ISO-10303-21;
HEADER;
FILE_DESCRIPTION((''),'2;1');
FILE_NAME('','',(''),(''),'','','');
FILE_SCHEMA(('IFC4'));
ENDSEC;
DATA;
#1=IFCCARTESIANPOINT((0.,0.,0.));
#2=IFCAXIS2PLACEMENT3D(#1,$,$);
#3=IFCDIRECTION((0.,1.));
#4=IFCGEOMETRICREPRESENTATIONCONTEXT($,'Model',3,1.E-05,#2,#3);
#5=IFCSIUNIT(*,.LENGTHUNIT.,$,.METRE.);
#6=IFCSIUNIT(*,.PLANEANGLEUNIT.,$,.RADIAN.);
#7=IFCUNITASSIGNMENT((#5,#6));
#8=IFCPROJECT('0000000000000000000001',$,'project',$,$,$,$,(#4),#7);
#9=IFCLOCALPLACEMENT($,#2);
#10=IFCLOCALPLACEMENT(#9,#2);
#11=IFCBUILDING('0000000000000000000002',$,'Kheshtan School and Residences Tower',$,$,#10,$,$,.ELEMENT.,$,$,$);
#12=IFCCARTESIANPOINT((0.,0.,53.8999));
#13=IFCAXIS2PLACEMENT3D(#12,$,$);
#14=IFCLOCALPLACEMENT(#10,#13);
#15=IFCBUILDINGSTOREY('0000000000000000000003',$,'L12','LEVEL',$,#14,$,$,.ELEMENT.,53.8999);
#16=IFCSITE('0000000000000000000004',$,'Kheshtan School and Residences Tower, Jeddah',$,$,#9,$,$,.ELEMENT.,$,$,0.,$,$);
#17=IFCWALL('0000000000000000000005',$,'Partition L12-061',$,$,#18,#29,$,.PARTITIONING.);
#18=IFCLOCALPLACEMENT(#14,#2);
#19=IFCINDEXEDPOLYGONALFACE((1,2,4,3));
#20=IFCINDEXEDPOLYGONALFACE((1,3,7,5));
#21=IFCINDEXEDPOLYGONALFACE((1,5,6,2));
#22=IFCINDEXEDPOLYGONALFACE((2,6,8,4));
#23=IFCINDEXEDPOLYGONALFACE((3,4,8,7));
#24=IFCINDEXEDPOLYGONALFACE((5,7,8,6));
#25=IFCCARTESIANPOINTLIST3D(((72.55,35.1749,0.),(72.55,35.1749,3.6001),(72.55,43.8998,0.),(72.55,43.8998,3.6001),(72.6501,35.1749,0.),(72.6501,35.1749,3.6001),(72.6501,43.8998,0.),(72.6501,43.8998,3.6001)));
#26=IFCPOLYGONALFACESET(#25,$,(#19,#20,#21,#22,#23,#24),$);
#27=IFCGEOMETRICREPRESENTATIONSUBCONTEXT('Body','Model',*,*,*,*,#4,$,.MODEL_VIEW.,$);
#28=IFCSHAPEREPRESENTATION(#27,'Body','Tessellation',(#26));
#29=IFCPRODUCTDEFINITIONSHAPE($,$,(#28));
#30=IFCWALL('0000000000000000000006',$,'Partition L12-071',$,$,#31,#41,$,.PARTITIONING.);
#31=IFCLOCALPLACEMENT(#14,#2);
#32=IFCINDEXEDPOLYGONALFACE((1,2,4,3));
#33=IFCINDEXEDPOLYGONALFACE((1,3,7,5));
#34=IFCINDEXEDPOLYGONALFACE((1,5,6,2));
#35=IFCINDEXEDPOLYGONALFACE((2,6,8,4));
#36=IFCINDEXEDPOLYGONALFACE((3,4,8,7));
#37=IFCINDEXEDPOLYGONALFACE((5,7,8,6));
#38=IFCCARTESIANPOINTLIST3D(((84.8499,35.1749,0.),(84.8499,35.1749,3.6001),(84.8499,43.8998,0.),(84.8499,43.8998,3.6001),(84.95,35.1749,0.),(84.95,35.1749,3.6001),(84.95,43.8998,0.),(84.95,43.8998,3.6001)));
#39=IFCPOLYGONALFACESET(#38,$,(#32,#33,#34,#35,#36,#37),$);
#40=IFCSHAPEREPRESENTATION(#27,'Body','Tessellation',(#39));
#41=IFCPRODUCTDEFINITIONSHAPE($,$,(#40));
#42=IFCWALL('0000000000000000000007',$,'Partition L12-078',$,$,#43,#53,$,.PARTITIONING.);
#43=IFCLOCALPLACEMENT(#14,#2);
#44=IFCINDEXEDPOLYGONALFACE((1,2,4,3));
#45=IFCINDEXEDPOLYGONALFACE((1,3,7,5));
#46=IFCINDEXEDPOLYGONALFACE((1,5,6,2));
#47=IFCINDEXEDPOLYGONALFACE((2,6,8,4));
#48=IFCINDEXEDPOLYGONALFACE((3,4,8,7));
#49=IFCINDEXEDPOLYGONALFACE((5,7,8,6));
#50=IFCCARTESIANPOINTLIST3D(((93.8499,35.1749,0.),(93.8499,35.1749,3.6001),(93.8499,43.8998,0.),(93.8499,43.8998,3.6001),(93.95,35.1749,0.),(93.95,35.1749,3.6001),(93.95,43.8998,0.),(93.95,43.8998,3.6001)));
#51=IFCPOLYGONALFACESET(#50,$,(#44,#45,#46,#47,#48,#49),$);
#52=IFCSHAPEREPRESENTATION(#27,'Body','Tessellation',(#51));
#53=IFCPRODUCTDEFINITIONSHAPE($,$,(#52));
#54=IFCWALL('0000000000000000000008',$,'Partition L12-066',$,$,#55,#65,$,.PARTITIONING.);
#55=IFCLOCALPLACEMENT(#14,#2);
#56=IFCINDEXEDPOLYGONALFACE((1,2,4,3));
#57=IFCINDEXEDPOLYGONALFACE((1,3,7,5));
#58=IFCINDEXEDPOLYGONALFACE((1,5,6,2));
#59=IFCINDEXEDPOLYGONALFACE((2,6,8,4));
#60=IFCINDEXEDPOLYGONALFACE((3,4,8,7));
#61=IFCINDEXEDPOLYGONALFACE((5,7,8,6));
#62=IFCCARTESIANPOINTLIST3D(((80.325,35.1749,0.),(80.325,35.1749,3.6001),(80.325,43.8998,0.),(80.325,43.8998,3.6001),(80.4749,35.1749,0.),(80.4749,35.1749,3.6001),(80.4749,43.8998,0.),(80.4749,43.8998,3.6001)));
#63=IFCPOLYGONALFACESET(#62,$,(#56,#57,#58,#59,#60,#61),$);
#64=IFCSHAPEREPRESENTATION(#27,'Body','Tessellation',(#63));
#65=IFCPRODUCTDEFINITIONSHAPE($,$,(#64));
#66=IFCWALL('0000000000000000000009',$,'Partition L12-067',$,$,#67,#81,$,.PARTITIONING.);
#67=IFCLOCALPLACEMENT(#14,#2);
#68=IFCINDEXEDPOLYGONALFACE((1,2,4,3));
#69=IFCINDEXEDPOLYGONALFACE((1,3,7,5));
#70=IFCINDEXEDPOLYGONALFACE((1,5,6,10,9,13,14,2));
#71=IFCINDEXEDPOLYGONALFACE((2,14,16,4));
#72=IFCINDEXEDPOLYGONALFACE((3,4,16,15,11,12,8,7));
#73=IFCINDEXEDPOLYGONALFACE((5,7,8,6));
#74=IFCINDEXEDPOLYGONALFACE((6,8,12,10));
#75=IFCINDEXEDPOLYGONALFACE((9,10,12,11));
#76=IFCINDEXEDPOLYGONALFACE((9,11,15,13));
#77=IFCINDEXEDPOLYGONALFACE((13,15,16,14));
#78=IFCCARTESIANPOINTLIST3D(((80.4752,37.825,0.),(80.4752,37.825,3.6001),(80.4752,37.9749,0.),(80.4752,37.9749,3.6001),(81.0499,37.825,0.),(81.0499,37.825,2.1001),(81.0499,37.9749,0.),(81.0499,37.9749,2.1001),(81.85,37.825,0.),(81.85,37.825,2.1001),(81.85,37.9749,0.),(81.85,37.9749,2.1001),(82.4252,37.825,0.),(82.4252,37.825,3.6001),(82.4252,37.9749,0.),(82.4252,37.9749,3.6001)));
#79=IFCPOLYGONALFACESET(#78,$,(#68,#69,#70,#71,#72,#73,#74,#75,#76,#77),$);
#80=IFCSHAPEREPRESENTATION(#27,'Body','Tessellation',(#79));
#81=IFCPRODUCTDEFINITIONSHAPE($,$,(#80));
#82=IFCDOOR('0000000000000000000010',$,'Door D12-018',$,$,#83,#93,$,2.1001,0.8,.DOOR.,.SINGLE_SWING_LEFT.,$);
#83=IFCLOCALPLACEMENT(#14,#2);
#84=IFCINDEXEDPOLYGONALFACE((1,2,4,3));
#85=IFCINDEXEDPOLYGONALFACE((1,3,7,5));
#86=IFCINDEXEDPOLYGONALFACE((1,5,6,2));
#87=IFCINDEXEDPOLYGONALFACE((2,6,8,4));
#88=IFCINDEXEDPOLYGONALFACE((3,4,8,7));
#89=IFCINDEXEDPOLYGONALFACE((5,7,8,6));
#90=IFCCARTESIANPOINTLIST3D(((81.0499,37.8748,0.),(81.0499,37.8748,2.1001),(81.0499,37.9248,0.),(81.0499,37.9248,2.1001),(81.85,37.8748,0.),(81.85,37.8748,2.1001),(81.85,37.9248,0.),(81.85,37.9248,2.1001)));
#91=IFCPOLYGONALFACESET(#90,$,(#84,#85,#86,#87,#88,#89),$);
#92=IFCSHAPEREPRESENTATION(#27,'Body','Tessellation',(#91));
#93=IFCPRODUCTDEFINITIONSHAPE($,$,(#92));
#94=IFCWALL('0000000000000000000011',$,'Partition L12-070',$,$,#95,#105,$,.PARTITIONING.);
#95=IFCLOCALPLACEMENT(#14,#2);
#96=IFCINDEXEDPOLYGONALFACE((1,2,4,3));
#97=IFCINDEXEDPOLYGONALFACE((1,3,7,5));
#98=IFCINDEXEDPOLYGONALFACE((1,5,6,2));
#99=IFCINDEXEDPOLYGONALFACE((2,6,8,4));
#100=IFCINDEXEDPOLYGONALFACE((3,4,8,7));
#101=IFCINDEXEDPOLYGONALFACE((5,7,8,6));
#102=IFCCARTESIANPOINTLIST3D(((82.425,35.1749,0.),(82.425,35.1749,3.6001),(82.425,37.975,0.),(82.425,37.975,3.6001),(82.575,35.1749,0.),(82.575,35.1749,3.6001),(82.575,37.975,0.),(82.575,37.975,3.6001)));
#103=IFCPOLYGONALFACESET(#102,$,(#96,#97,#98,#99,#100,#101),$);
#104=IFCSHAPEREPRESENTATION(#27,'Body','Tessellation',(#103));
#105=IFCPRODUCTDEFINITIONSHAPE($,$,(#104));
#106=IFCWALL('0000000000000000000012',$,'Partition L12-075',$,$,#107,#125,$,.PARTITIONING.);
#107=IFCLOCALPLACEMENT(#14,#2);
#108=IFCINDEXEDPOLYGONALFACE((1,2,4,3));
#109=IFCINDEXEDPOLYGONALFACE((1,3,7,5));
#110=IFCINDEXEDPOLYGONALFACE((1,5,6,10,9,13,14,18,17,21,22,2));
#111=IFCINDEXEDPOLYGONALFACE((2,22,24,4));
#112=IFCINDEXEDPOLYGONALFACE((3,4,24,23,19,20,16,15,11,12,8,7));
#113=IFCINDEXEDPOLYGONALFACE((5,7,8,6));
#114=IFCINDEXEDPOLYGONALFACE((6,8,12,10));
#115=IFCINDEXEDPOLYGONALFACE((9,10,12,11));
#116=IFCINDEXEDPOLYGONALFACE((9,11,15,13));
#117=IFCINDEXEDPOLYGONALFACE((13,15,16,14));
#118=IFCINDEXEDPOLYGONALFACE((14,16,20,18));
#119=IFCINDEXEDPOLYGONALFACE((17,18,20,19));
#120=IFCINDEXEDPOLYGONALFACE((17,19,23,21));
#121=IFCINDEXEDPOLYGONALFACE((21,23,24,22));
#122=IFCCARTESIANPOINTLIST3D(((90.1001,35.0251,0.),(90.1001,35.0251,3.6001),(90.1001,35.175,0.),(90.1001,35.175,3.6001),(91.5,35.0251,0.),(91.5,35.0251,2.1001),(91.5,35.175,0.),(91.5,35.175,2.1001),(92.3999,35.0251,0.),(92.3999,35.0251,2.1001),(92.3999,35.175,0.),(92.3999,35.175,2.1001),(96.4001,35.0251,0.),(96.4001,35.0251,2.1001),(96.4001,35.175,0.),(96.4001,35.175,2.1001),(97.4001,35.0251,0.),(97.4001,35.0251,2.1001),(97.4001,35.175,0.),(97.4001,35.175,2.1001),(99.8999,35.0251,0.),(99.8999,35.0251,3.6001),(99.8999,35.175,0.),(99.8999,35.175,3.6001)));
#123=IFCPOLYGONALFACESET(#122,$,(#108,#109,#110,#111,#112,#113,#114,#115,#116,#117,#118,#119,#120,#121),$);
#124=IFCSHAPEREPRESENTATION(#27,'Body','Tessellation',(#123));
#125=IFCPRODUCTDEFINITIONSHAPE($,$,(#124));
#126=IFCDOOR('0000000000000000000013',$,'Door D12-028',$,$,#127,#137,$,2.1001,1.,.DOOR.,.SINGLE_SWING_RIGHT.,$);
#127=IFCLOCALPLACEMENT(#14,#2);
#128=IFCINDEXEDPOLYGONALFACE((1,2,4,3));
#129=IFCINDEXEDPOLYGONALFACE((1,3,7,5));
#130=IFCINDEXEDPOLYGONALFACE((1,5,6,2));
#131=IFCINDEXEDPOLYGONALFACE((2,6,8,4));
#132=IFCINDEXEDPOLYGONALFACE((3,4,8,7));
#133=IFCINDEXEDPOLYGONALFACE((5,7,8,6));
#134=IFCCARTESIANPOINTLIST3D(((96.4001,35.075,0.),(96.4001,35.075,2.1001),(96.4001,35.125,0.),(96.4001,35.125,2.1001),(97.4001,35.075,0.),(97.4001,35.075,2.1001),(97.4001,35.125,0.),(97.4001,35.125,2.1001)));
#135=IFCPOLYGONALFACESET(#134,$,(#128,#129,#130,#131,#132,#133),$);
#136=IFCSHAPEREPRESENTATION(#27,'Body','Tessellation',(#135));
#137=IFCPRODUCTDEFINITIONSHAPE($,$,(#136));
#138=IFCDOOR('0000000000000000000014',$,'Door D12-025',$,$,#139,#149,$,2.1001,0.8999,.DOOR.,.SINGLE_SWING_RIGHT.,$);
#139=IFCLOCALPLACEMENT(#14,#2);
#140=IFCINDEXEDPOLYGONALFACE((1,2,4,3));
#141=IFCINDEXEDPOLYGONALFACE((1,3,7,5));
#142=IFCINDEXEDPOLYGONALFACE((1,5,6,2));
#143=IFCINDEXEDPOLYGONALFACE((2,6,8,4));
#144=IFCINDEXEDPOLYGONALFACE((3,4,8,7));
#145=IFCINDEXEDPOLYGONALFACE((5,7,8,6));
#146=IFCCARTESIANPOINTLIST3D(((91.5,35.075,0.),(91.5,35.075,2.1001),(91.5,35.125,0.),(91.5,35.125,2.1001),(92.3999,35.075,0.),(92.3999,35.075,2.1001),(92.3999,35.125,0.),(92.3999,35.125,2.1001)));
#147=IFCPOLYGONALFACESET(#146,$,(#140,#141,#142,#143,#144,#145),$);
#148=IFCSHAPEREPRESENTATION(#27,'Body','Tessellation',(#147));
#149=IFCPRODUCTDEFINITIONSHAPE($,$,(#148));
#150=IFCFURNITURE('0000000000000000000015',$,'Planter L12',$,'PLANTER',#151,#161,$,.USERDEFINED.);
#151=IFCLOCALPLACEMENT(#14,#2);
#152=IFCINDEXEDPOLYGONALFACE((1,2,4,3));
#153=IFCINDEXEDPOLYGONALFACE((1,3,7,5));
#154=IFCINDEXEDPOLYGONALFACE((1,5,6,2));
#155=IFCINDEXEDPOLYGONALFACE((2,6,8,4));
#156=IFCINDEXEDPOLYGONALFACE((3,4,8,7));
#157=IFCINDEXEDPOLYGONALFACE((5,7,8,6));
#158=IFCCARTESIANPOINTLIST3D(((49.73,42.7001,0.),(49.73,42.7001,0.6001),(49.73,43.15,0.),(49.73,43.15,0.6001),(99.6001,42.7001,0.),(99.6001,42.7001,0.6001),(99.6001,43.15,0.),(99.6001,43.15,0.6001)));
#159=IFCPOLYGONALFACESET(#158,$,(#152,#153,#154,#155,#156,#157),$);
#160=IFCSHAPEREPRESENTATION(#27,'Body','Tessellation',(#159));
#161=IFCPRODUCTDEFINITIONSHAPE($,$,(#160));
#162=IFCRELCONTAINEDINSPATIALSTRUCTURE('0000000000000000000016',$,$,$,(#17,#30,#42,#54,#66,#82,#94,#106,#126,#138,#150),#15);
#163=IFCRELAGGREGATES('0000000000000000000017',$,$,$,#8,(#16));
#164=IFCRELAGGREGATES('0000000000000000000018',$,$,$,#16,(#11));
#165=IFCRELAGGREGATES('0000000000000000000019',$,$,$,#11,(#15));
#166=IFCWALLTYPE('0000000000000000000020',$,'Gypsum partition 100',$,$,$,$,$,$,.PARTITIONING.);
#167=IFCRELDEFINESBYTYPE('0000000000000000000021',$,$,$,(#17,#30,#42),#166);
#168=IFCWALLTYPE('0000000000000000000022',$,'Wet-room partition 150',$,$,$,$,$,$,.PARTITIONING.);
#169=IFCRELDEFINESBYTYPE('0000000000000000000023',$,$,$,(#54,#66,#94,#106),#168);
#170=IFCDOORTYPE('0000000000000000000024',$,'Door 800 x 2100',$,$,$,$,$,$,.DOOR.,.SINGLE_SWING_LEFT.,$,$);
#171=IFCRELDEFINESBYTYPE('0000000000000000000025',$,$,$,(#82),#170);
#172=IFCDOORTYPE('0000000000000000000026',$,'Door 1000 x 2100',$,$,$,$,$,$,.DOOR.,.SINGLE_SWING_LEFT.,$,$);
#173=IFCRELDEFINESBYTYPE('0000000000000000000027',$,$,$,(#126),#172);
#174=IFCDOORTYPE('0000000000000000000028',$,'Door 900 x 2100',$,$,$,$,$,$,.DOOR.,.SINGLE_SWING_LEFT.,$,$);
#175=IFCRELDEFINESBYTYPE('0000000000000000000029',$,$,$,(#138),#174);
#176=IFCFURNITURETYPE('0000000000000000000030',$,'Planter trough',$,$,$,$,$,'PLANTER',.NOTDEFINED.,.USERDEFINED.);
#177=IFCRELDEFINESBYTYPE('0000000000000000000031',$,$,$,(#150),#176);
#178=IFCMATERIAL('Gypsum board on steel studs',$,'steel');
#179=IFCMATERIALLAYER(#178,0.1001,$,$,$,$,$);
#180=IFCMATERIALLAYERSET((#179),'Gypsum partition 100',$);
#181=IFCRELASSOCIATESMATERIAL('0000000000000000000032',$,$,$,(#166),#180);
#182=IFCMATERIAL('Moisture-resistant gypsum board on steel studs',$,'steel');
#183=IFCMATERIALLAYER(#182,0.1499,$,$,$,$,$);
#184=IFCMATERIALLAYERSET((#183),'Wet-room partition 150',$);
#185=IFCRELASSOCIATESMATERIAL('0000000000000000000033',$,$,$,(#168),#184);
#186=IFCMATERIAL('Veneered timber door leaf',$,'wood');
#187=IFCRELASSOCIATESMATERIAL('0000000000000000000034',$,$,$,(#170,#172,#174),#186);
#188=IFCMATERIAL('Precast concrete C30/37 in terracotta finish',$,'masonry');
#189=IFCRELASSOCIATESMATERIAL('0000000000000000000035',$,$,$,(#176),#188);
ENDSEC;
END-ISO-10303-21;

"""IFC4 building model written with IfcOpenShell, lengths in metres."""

from ifc_helpers import new_model, si_unit, direction, frame, frame_2d, origin, origin_2d, place, context, subcontext, project, spatial, rectangle, extrude, source, transform, mapped, material, layer, layer_set, type_object, element, fill, save


model = new_model("IFC4")

# Units and contexts
model_context = context("Model", 3, precision=1e-05, world=origin(), true_north=direction((0.0, 1.0)))
body_context = subcontext(model_context, "Body", "Model", "MODEL_VIEW")
ifc_project = project(units=[si_unit("LENGTHUNIT", "METRE"), si_unit("PLANEANGLEUNIT", "RADIAN")], contexts=[model_context])

# Site, building, storey
site_placement = place(None, origin())
site = spatial("IfcSite", under=ifc_project, at=site_placement, Name="Kheshtan School and Residences Tower, Jeddah", CompositionType="ELEMENT", RefElevation=0.0)
building_placement = place(site_placement, origin())
building = spatial("IfcBuilding", under=site, at=building_placement, Name="Kheshtan School and Residences Tower", CompositionType="ELEMENT")
storey_placement = place(building_placement, frame((0.0, 0.0, 53.8999)))
storey = spatial("IfcBuildingStorey", under=building, at=storey_placement, Name="L12", Description="LEVEL", CompositionType="ELEMENT", Elevation=53.8999)

# Walls
ifc_material_1 = material(Name="Gypsum board on steel studs", Category="steel")
ifc_layer_1 = layer(ifc_material_1, 0.1001)
ifc_layer_set_1 = layer_set([ifc_layer_1], Name="Gypsum partition 100")
wall_type_1 = type_object("IfcWallType", Name="Gypsum partition 100", PredefinedType="PARTITIONING", material=ifc_layer_set_1)
for number, where, z_axis, x_axis, name in (
    (1, (72.6001, 35.175, 0.0), (0.0, 0.0, 1.0), (0.0, 1.0, 0.0), "Partition L12-061"),
    (2, (84.8999, 35.175, 0.0), (0.0, 0.0, 1.0), (0.0, 1.0, 0.0), "Partition L12-071"),
    (3, (93.8999, 35.175, 0.0), (0.0, 0.0, 1.0), (0.0, 1.0, 0.0), "Partition L12-078"),
):
    element("IfcWall", number, at=place(storey_placement, frame(where, z_axis=z_axis, x_axis=x_axis)), inside=storey, type_object=wall_type_1, Name=name, PredefinedType="PARTITIONING", context=body_context, shape_type="SweptSolid", body=[
        extrude(rectangle(XDim=8.7249, YDim=0.1001, at=frame_2d((4.3623, 0.0))), origin(), (0.0, 0.0, 1.0), 3.6001),
    ])
ifc_material_2 = material(Name="Moisture-resistant gypsum board on steel studs", Category="steel")
ifc_layer_2 = layer(ifc_material_2, 0.1499)
ifc_layer_set_2 = layer_set([ifc_layer_2], Name="Wet-room partition 150")
wall_type_2 = type_object("IfcWallType", Name="Wet-room partition 150", PredefinedType="PARTITIONING", material=ifc_layer_set_2)
wall_1_placement = place(storey_placement, frame((80.3999, 35.175, 0.0), z_axis=(0.0, 0.0, 1.0), x_axis=(0.0, 1.0, 0.0)))
element("IfcWall", 4, at=wall_1_placement, inside=storey, type_object=wall_type_2, Name="Partition L12-066", PredefinedType="PARTITIONING", context=body_context, shape_type="SweptSolid", body=[
    extrude(rectangle(XDim=8.7249, YDim=0.1499, at=frame_2d((4.3623, 0.0))), origin(), (0.0, 0.0, 1.0), 3.6001),
])

# Wall, opening, door
wall_2_placement = place(storey_placement, frame((80.4751, 37.8999, 0.0), z_axis=(0.0, 0.0, 1.0), x_axis=(1.0, 0.0, 0.0)))
wall_2 = element("IfcWall", 5, at=wall_2_placement, inside=storey, type_object=wall_type_2, Name="Partition L12-067", PredefinedType="PARTITIONING", context=body_context, shape_type="SweptSolid", body=[
    extrude(rectangle(XDim=1.95, YDim=0.1499, at=frame_2d((0.9751, 0.0))), origin(), (0.0, 0.0, 1.0), 3.6001),
])
opening_1_placement = place(wall_2_placement, frame((0.575, 0.0, 0.0)))
opening_1 = element("IfcOpeningElement", 6, at=opening_1_placement, cuts=wall_2, PredefinedType="OPENING", context=body_context, shape_type="SweptSolid", body=[
    extrude(rectangle(XDim=0.8, YDim=2.1001, at=frame_2d((0.3999, 1.05))), frame((0.0, 0.085, 0.0), z_axis=(0.0, -1.0, 0.0), x_axis=(1.0, 0.0, 0.0)), (0.0, 0.0, 1.0), 0.1699),
])
ifc_material_3 = material(Name="Veneered timber door leaf", Category="wood")
door_type_1 = type_object("IfcDoorType", Name="Door 800 x 2100", OperationType="SINGLE_SWING_LEFT", PredefinedType="DOOR", material=ifc_material_3)
shared_shape_1 = source(origin(), body_context, "Body", "SweptSolid", [
    extrude(rectangle(XDim=0.8, YDim=2.1001, at=frame_2d((0.3999, 1.05))), frame((0.0, 0.0249, 0.0), z_axis=(0.0, -1.0, 0.0), x_axis=(1.0, 0.0, 0.0)), (0.0, 0.0, 1.0), 0.05),
])
door_1_placement = place(opening_1_placement, origin())
door_1 = element("IfcDoor", 7, at=door_1_placement, inside=storey, type_object=door_type_1, Name="Door D12-018", OperationType="SINGLE_SWING_LEFT", OverallHeight=2.1001, OverallWidth=0.8, PredefinedType="DOOR", context=body_context, shape_type="MappedRepresentation", body=[
    mapped(shared_shape_1, transform((0.0, 0.0, 0.0), x_axis=(1.0, 0.0, 0.0), y_axis=(0.0, 1.0, 0.0), z_axis=(0.0, 0.0, 1.0), scale=1.0)),
])
fill(opening_1, door_1)

# Wall
wall_3_placement = place(storey_placement, frame((82.5, 35.175, 0.0), z_axis=(0.0, 0.0, 1.0), x_axis=(0.0, 1.0, 0.0)))
element("IfcWall", 8, at=wall_3_placement, inside=storey, type_object=wall_type_2, Name="Partition L12-070", PredefinedType="PARTITIONING", context=body_context, shape_type="SweptSolid", body=[
    extrude(rectangle(XDim=2.8, YDim=0.1499, at=frame_2d((1.3999, 0.0))), origin(), (0.0, 0.0, 1.0), 3.6001),
])

# Wall, openings, doors
wall_4_placement = place(storey_placement, frame((90.1001, 35.1001, 0.0), z_axis=(0.0, 0.0, 1.0), x_axis=(1.0, 0.0, 0.0)))
wall_4 = element("IfcWall", 9, at=wall_4_placement, inside=storey, type_object=wall_type_2, Name="Partition L12-075", PredefinedType="PARTITIONING", context=body_context, shape_type="SweptSolid", body=[
    extrude(rectangle(XDim=9.7998, YDim=0.1499, at=frame_2d((4.8999, 0.0))), origin(), (0.0, 0.0, 1.0), 3.6001),
])
opening_2_placement = place(wall_4_placement, frame((1.3999, 0.0, 0.0)))
opening_2 = element("IfcOpeningElement", 10, at=opening_2_placement, cuts=wall_4, PredefinedType="OPENING", context=body_context, shape_type="SweptSolid", body=[
    extrude(rectangle(XDim=0.8999, YDim=2.1001, at=frame_2d((0.45, 1.05))), frame((0.0, 0.085, 0.0), z_axis=(0.0, -1.0, 0.0), x_axis=(1.0, 0.0, 0.0)), (0.0, 0.0, 1.0), 0.1699),
])
opening_3_placement = place(wall_4_placement, frame((6.3, 0.0, 0.0)))
opening_3 = element("IfcOpeningElement", 11, at=opening_3_placement, cuts=wall_4, PredefinedType="OPENING", context=body_context, shape_type="SweptSolid", body=[
    extrude(rectangle(XDim=1.0, YDim=2.1001, at=frame_2d((0.5, 1.05))), frame((0.0, 0.085, 0.0), z_axis=(0.0, -1.0, 0.0), x_axis=(1.0, 0.0, 0.0)), (0.0, 0.0, 1.0), 0.1699),
])
door_type_2 = type_object("IfcDoorType", Name="Door 1000 x 2100", OperationType="SINGLE_SWING_LEFT", PredefinedType="DOOR", material=ifc_material_3)
shared_shape_2 = source(origin(), body_context, "Body", "SweptSolid", [
    extrude(rectangle(XDim=1.0, YDim=2.1001, at=frame_2d((0.5, 1.05))), frame((0.0, 0.0249, 0.0), z_axis=(0.0, -1.0, 0.0), x_axis=(1.0, 0.0, 0.0)), (0.0, 0.0, 1.0), 0.05),
])
door_2_placement = place(opening_3_placement, origin())
door_2 = element("IfcDoor", 12, at=door_2_placement, inside=storey, type_object=door_type_2, Name="Door D12-028", OperationType="SINGLE_SWING_RIGHT", OverallHeight=2.1001, OverallWidth=1.0, PredefinedType="DOOR", context=body_context, shape_type="MappedRepresentation", body=[
    mapped(shared_shape_2, transform((0.0, 0.0, 0.0), x_axis=(1.0, 0.0, 0.0), y_axis=(0.0, 1.0, 0.0), z_axis=(0.0, 0.0, 1.0), scale=1.0)),
])
fill(opening_3, door_2)
door_type_3 = type_object("IfcDoorType", Name="Door 900 x 2100", OperationType="SINGLE_SWING_LEFT", PredefinedType="DOOR", material=ifc_material_3)
shared_shape_3 = source(origin(), body_context, "Body", "SweptSolid", [
    extrude(rectangle(XDim=0.8999, YDim=2.1001, at=frame_2d((0.45, 1.05))), frame((0.0, 0.0249, 0.0), z_axis=(0.0, -1.0, 0.0), x_axis=(1.0, 0.0, 0.0)), (0.0, 0.0, 1.0), 0.05),
])
door_3_placement = place(opening_2_placement, origin())
door_3 = element("IfcDoor", 13, at=door_3_placement, inside=storey, type_object=door_type_3, Name="Door D12-025", OperationType="SINGLE_SWING_RIGHT", OverallHeight=2.1001, OverallWidth=0.8999, PredefinedType="DOOR", context=body_context, shape_type="MappedRepresentation", body=[
    mapped(shared_shape_3, transform((0.0, 0.0, 0.0), x_axis=(1.0, 0.0, 0.0), y_axis=(0.0, 1.0, 0.0), z_axis=(0.0, 0.0, 1.0), scale=1.0)),
])
fill(opening_2, door_3)

# Furniture
ifc_material_4 = material(Name="Precast concrete C30/37 in terracotta finish", Category="masonry")
furniture_type = type_object("IfcFurnitureType", Name="Planter trough", ElementType="PLANTER", AssemblyPlace="NOTDEFINED", PredefinedType="USERDEFINED", material=ifc_material_4)
furniture_placement = place(storey_placement, frame((74.665, 42.925, 0.0), z_axis=(0.0, 0.0, 1.0), x_axis=(1.0, 0.0, 0.0)))
element("IfcFurniture", 14, at=furniture_placement, inside=storey, type_object=furniture_type, Name="Planter L12", ObjectType="PLANTER", PredefinedType="USERDEFINED", context=body_context, shape_type="SweptSolid", body=[
    extrude(rectangle(XDim=49.8701, YDim=0.45, at=origin_2d()), origin(), (0.0, 0.0, 1.0), 0.6001),
])

save(model, "model.ifc")
